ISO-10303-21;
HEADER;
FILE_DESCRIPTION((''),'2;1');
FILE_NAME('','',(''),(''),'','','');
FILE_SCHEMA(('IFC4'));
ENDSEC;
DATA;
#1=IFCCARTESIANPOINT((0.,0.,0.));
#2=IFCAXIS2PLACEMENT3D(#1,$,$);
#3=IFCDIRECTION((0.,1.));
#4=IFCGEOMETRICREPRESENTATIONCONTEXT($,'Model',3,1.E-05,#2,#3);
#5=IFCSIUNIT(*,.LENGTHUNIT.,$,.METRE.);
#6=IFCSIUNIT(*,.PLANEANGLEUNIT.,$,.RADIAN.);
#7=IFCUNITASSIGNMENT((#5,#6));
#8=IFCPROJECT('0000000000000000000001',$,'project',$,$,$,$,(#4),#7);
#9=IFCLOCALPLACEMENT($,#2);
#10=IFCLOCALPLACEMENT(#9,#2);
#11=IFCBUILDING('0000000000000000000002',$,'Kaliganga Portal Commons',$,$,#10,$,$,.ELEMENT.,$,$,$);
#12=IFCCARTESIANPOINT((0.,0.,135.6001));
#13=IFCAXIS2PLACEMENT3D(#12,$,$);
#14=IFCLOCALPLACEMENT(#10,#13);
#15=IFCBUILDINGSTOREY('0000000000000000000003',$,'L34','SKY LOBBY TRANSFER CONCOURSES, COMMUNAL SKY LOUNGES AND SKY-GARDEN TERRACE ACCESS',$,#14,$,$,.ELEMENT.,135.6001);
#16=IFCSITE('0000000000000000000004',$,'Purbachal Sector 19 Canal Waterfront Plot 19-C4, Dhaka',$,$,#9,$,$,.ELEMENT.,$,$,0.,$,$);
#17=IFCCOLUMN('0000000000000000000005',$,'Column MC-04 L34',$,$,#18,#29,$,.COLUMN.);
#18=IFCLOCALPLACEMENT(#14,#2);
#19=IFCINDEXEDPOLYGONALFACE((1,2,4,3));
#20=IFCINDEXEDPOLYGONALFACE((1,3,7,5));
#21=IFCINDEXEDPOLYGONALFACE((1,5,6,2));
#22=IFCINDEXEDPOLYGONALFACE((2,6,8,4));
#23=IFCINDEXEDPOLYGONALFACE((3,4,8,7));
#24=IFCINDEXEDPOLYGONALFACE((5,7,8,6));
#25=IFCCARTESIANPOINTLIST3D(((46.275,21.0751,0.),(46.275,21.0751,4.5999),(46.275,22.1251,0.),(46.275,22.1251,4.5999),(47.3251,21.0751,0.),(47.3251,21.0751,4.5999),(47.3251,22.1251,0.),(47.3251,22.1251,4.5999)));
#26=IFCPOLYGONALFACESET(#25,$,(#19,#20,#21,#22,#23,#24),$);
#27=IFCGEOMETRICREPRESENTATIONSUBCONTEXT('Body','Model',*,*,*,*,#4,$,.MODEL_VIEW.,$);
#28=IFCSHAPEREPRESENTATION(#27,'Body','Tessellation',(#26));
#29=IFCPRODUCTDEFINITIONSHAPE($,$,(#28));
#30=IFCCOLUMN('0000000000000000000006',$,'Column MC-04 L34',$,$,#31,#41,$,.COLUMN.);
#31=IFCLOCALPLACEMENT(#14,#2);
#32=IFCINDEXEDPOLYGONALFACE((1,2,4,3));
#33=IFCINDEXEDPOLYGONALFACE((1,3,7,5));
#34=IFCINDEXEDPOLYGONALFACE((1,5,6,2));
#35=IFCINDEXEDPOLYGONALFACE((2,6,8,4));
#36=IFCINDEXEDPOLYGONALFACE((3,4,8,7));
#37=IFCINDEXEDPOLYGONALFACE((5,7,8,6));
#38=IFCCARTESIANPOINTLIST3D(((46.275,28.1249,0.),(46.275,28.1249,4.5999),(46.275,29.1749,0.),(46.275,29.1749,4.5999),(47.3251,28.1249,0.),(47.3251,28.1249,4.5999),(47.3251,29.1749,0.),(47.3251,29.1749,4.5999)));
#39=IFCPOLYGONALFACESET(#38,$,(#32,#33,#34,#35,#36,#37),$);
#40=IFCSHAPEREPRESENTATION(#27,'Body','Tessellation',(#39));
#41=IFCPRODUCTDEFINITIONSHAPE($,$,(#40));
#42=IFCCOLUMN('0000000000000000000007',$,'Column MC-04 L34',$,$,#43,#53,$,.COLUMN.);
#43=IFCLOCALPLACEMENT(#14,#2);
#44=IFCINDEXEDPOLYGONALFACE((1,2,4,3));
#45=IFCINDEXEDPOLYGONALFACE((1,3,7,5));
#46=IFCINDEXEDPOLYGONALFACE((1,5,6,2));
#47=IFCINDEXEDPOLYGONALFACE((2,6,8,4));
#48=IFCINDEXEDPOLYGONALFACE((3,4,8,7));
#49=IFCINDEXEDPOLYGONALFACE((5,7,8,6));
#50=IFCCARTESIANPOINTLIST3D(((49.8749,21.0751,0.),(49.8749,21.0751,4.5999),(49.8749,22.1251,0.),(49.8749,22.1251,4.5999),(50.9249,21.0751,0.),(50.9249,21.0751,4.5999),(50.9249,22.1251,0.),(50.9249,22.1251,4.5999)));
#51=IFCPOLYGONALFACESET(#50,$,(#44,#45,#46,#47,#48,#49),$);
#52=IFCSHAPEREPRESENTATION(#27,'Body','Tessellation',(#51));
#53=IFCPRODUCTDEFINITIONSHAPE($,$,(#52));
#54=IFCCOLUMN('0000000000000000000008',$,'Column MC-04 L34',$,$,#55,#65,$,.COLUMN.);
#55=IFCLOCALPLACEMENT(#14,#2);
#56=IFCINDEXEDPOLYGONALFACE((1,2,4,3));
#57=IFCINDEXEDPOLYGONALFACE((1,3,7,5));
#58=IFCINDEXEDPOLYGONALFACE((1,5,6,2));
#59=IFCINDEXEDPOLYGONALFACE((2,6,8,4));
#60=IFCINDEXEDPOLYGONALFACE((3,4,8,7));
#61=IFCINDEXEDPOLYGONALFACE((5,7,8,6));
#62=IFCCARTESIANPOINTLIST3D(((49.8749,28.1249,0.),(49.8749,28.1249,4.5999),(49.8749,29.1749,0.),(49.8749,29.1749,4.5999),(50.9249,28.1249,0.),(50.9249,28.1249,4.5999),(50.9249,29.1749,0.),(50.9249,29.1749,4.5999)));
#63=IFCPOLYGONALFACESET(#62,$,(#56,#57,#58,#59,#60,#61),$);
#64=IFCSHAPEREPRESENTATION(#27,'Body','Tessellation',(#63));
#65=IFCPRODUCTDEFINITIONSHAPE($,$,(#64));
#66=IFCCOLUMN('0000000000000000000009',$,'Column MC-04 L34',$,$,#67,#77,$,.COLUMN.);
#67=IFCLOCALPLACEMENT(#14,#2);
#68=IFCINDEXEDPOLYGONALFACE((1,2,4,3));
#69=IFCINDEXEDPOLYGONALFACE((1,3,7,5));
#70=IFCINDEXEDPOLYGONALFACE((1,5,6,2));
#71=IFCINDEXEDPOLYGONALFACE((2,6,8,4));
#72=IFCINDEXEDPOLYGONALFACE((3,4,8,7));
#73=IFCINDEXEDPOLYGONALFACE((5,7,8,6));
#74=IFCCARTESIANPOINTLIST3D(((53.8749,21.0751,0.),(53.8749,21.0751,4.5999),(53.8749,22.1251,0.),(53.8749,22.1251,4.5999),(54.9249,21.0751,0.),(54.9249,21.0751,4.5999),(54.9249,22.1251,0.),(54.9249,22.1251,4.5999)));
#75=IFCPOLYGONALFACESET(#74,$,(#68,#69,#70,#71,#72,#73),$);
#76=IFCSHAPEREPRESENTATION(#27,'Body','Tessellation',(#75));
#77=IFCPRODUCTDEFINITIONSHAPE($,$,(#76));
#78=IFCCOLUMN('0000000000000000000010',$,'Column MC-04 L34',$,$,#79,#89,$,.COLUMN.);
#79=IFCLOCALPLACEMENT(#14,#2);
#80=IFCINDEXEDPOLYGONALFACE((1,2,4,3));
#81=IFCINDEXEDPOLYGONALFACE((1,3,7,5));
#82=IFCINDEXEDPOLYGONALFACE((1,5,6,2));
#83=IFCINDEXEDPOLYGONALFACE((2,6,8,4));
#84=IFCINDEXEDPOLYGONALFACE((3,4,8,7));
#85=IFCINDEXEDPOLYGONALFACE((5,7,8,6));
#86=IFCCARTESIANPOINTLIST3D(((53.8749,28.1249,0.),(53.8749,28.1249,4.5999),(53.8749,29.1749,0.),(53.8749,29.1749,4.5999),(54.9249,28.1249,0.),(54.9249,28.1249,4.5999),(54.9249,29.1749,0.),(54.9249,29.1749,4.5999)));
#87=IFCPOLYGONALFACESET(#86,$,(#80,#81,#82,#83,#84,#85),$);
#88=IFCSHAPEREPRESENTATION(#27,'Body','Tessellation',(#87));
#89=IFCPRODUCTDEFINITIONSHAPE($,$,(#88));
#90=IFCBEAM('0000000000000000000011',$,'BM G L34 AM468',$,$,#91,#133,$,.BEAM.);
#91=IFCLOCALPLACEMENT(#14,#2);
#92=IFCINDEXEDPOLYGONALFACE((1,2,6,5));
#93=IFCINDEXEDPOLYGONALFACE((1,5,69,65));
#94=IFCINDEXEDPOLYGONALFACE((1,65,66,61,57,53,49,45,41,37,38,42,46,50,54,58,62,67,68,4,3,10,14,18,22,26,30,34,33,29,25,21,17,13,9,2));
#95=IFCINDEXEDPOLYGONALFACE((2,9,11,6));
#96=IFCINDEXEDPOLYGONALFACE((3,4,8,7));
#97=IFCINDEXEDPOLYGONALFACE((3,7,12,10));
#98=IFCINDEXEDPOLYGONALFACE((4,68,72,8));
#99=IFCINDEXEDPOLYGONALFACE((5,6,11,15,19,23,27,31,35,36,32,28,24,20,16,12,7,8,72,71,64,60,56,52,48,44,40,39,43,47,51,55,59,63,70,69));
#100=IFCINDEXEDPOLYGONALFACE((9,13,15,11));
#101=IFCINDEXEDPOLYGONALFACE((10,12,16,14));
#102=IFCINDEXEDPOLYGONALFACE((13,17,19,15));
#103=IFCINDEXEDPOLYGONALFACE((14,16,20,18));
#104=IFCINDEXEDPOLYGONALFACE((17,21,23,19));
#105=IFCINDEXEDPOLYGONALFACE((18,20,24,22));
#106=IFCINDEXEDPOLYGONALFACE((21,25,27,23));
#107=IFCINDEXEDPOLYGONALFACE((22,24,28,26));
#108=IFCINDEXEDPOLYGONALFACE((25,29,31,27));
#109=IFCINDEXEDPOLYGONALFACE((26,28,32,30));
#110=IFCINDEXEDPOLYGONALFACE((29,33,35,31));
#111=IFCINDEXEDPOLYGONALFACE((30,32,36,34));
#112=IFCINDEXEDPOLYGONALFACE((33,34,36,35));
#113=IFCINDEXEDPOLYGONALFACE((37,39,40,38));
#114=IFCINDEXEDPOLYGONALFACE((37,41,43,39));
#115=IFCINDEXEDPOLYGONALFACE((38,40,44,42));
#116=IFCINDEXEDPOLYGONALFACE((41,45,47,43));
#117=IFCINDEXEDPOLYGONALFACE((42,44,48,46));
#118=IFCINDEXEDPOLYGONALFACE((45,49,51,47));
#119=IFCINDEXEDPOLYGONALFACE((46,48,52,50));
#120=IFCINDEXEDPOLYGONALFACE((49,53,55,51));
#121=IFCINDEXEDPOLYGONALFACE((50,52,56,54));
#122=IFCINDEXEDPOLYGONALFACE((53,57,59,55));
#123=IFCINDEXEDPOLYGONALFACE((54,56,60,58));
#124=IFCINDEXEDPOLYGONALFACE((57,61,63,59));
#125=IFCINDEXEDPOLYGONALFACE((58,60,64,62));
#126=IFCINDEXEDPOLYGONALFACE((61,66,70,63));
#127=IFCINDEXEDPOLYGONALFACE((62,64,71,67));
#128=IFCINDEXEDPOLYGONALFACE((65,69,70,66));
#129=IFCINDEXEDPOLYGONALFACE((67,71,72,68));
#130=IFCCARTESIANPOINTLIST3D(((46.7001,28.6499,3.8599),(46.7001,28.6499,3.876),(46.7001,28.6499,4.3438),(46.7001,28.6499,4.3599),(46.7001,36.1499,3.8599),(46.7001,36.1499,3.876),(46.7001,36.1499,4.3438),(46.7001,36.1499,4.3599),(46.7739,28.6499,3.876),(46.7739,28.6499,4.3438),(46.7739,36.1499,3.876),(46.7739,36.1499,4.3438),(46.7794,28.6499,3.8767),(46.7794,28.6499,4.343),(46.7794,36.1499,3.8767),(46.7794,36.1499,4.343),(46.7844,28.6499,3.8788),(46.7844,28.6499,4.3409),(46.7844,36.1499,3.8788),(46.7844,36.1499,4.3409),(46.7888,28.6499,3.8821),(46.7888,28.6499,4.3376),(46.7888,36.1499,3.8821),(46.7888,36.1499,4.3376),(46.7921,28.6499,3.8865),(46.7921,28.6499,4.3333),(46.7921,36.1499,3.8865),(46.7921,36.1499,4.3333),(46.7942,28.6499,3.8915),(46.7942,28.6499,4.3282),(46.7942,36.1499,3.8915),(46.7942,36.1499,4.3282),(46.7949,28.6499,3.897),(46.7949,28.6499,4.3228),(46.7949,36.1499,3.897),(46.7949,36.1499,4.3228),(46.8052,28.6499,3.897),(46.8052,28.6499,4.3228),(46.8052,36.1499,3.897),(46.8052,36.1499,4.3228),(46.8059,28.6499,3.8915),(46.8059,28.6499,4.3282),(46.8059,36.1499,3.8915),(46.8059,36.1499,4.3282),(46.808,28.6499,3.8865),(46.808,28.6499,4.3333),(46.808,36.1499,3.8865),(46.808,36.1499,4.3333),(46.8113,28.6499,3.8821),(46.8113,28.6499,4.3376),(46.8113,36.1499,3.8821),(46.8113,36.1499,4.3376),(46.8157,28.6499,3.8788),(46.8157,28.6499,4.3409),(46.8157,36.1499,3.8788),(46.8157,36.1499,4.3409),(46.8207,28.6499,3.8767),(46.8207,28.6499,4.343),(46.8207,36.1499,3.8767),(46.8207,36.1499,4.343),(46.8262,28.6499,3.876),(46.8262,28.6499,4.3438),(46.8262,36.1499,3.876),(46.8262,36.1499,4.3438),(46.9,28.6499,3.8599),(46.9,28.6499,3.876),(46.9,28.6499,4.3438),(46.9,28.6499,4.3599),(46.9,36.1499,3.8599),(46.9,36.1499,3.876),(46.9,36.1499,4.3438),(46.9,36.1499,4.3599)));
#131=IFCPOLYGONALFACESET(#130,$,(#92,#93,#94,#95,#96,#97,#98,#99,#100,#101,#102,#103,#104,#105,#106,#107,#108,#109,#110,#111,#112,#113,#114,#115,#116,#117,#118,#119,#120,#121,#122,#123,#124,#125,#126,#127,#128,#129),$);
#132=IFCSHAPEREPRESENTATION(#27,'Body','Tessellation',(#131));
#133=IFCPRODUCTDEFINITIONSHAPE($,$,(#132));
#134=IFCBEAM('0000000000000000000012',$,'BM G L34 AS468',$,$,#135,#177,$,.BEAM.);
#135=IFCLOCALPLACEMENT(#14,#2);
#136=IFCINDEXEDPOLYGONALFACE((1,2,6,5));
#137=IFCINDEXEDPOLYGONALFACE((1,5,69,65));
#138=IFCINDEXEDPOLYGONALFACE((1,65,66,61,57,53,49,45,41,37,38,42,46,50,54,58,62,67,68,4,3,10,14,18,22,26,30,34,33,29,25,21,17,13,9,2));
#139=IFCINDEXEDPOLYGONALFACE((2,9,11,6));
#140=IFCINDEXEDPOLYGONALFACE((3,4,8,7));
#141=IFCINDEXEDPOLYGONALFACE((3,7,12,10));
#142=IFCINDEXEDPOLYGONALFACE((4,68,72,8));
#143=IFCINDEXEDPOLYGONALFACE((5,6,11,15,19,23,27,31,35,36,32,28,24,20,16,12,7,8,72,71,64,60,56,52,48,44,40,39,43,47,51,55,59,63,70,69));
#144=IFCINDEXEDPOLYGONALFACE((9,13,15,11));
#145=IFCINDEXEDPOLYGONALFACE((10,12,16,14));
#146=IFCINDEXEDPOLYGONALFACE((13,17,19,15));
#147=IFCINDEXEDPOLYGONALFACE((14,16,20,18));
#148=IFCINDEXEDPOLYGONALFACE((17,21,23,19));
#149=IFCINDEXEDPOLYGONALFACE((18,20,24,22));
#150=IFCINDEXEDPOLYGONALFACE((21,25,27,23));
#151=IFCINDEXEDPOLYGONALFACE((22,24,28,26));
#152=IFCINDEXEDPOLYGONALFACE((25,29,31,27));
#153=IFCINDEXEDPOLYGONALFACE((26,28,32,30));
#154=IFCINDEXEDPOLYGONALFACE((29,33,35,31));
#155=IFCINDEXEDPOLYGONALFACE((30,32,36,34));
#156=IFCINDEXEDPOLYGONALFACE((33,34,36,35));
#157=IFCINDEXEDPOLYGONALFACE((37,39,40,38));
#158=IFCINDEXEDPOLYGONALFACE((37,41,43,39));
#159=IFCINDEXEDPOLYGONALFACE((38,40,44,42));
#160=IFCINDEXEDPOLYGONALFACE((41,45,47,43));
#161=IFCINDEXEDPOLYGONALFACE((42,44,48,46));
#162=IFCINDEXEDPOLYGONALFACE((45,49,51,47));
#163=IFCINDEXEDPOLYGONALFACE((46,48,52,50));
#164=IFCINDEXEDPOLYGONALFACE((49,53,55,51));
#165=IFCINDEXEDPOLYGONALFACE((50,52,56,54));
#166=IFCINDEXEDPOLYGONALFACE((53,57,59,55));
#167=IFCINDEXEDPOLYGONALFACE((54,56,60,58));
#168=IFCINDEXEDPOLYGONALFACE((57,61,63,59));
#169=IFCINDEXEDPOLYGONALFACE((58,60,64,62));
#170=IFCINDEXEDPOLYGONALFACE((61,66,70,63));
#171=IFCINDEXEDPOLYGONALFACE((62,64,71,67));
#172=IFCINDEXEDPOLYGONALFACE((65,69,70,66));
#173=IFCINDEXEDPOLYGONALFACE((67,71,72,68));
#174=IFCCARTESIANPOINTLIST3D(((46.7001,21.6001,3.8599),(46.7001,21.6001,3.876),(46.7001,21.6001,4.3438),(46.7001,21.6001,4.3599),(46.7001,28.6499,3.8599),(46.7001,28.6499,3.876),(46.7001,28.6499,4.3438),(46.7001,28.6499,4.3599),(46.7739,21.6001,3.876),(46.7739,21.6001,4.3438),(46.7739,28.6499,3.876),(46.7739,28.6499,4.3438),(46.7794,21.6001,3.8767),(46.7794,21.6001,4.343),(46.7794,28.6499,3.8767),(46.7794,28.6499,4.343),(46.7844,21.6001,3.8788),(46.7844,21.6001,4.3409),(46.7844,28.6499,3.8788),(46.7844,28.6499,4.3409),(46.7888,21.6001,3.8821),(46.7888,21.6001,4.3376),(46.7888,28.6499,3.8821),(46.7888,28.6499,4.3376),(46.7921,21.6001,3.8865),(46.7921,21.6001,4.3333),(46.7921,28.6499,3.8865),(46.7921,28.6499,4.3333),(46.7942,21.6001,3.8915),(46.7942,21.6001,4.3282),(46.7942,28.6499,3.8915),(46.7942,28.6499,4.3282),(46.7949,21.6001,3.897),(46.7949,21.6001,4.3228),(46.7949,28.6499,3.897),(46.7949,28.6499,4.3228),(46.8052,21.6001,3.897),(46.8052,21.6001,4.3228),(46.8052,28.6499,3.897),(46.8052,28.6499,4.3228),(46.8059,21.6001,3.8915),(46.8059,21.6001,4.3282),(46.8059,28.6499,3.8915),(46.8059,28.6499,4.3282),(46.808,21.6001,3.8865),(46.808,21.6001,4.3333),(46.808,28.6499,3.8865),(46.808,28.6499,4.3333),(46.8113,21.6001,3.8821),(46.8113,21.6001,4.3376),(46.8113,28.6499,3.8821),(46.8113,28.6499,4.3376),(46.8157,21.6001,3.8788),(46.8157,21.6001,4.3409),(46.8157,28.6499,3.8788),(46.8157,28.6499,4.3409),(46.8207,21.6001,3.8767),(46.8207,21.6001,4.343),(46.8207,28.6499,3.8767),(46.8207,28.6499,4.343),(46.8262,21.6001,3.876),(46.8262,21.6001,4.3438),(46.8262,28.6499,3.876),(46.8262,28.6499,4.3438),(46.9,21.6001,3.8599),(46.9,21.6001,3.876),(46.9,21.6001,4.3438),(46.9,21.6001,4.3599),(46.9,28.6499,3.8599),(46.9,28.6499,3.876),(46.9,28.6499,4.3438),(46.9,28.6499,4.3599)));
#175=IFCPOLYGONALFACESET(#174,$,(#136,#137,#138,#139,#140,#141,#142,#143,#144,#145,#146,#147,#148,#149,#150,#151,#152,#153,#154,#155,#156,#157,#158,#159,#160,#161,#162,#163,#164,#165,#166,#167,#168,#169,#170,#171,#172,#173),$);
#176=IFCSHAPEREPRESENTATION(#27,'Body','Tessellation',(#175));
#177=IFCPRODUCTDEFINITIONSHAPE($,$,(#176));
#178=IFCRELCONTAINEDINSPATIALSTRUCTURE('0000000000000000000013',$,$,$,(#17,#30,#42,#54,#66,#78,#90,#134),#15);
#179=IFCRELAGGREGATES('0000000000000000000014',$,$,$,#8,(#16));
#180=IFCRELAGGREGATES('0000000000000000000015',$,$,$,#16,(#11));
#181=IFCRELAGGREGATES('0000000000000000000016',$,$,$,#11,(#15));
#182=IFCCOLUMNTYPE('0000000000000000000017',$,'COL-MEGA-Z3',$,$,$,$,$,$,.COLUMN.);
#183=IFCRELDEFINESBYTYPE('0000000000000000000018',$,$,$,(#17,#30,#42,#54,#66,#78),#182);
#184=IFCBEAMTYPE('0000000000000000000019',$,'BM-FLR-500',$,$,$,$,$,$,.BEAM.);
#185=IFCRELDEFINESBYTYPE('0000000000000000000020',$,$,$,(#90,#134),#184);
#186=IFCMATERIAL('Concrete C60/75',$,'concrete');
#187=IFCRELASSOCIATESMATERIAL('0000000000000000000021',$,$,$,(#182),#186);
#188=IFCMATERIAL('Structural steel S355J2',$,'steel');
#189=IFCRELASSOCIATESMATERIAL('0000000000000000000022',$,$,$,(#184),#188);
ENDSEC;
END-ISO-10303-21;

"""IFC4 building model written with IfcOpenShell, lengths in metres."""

from ifc_helpers import new_model, si_unit, direction, frame, origin, origin_2d, place, context, subcontext, project, spatial, rectangle, i_section, extrude, source, transform, mapped, material, material_profile, profile_set, type_object, element, save


model = new_model("IFC4")

# Units and contexts
model_context = context("Model", 3, precision=1e-05, world=origin(), true_north=direction((0.0, 1.0)))
body_context = subcontext(model_context, "Body", "Model", "MODEL_VIEW")
ifc_project = project(units=[si_unit("LENGTHUNIT", "METRE"), si_unit("PLANEANGLEUNIT", "RADIAN")], contexts=[model_context])

# Site, building, storey
site_placement = place(None, origin())
site = spatial("IfcSite", under=ifc_project, at=site_placement, Name="Purbachal Sector 19 Canal Waterfront Plot 19-C4, Dhaka", CompositionType="ELEMENT", RefElevation=0.0)
building_placement = place(site_placement, origin())
building = spatial("IfcBuilding", under=site, at=building_placement, Name="Kaliganga Portal Commons", CompositionType="ELEMENT")
storey_placement = place(building_placement, frame((0.0, 0.0, 135.6001)))
storey = spatial("IfcBuildingStorey", under=building, at=storey_placement, Name="L34", Description="SKY LOBBY TRANSFER CONCOURSES, COMMUNAL SKY LOUNGES AND SKY-GARDEN TERRACE ACCESS", CompositionType="ELEMENT", Elevation=135.6001)

# Columns
ifc_material_1 = material(Name="Concrete C60/75", Category="concrete")
ifc_material_profile_1 = material_profile(ifc_material_1, rectangle(XDim=1.05, YDim=1.05, at=origin_2d()), Name="RC 1050x1050")
ifc_profile_set_1 = profile_set([ifc_material_profile_1], Name="Concrete C60/75")
column_type = type_object("IfcColumnType", Name="COL-MEGA-Z3", PredefinedType="COLUMN", material=ifc_profile_set_1)
shared_shape_1 = source(origin(), body_context, "Body", "SweptSolid", [
    extrude(rectangle(XDim=1.05, YDim=1.05, at=origin_2d()), origin(), (0.0, 0.0, 1.0), 4.5999),
])
for number, where, z_axis, x_axis, name in (
    (1, (46.8, 21.6001, 0.0), (0.0, 0.0, 1.0), (1.0, 0.0, 0.0), "Column MC-04 L34"),
    (2, (46.8, 28.6499, 0.0), (0.0, 0.0, 1.0), (1.0, 0.0, 0.0), "Column MC-04 L34"),
    (3, (50.3999, 21.6001, 0.0), (0.0, 0.0, 1.0), (1.0, 0.0, 0.0), "Column MC-04 L34"),
    (4, (50.3999, 28.6499, 0.0), (0.0, 0.0, 1.0), (1.0, 0.0, 0.0), "Column MC-04 L34"),
    (5, (54.3999, 21.6001, 0.0), (0.0, 0.0, 1.0), (1.0, 0.0, 0.0), "Column MC-04 L34"),
    (6, (54.3999, 28.6499, 0.0), (0.0, 0.0, 1.0), (1.0, 0.0, 0.0), "Column MC-04 L34"),
):
    element("IfcColumn", number, at=place(storey_placement, frame(where, z_axis=z_axis, x_axis=x_axis)), inside=storey, type_object=column_type, Name=name, PredefinedType="COLUMN", context=body_context, shape_type="MappedRepresentation", body=[
        mapped(shared_shape_1, transform((0.0, 0.0, 0.0), x_axis=(1.0, 0.0, 0.0), y_axis=(0.0, 1.0, 0.0), z_axis=(0.0, 0.0, 1.0), scale=1.0)),
    ])

# Beams
ifc_material_2 = material(Name="Structural steel S355J2", Category="steel")
ifc_material_profile_2 = material_profile(ifc_material_2, i_section(OverallWidth=0.2, OverallDepth=0.5, WebThickness=0.0103, FlangeThickness=0.0161, FilletRadius=0.021, at=origin_2d()), Name="IPE 500")
ifc_profile_set_2 = profile_set([ifc_material_profile_2], Name="Structural steel S355J2 wide-flange")
beam_type_1 = type_object("IfcBeamType", Name="BM-FLR-500", PredefinedType="BEAM", material=ifc_profile_set_2)
shared_shape_2 = source(origin(), body_context, "Body", "SweptSolid", [
    extrude(i_section(OverallWidth=0.2, OverallDepth=0.5, WebThickness=0.0103, FlangeThickness=0.0161, FilletRadius=0.021, at=origin_2d()), origin(), (0.0, 0.0, 1.0), 7.5),
])
beam_1_placement = place(storey_placement, frame((46.8, 28.6499, 4.1099), z_axis=(0.0, 1.0, 0.0), x_axis=(-1.0, 0.0, 0.0)))
element("IfcBeam", 7, at=beam_1_placement, inside=storey, type_object=beam_type_1, Name="BM G L34 AM468", PredefinedType="BEAM", context=body_context, shape_type="MappedRepresentation", body=[
    mapped(shared_shape_2, transform((0.0, 0.0, 0.0), x_axis=(1.0, 0.0, 0.0), y_axis=(0.0, 1.0, 0.0), z_axis=(0.0, 0.0, 1.0), scale=1.0)),
])
shared_shape_3 = source(origin(), body_context, "Body", "SweptSolid", [
    extrude(i_section(OverallWidth=0.2, OverallDepth=0.5, WebThickness=0.0103, FlangeThickness=0.0161, FilletRadius=0.021, at=origin_2d()), origin(), (0.0, 0.0, 1.0), 7.0498),
])
beam_2_placement = place(storey_placement, frame((46.8, 21.6001, 4.1099), z_axis=(0.0, 1.0, 0.0), x_axis=(-1.0, 0.0, 0.0)))
element("IfcBeam", 8, at=beam_2_placement, inside=storey, type_object=beam_type_1, Name="BM G L34 AS468", PredefinedType="BEAM", context=body_context, shape_type="MappedRepresentation", body=[
    mapped(shared_shape_3, transform((0.0, 0.0, 0.0), x_axis=(1.0, 0.0, 0.0), y_axis=(0.0, 1.0, 0.0), z_axis=(0.0, 0.0, 1.0), scale=1.0)),
])

save(model, "model.ifc")
